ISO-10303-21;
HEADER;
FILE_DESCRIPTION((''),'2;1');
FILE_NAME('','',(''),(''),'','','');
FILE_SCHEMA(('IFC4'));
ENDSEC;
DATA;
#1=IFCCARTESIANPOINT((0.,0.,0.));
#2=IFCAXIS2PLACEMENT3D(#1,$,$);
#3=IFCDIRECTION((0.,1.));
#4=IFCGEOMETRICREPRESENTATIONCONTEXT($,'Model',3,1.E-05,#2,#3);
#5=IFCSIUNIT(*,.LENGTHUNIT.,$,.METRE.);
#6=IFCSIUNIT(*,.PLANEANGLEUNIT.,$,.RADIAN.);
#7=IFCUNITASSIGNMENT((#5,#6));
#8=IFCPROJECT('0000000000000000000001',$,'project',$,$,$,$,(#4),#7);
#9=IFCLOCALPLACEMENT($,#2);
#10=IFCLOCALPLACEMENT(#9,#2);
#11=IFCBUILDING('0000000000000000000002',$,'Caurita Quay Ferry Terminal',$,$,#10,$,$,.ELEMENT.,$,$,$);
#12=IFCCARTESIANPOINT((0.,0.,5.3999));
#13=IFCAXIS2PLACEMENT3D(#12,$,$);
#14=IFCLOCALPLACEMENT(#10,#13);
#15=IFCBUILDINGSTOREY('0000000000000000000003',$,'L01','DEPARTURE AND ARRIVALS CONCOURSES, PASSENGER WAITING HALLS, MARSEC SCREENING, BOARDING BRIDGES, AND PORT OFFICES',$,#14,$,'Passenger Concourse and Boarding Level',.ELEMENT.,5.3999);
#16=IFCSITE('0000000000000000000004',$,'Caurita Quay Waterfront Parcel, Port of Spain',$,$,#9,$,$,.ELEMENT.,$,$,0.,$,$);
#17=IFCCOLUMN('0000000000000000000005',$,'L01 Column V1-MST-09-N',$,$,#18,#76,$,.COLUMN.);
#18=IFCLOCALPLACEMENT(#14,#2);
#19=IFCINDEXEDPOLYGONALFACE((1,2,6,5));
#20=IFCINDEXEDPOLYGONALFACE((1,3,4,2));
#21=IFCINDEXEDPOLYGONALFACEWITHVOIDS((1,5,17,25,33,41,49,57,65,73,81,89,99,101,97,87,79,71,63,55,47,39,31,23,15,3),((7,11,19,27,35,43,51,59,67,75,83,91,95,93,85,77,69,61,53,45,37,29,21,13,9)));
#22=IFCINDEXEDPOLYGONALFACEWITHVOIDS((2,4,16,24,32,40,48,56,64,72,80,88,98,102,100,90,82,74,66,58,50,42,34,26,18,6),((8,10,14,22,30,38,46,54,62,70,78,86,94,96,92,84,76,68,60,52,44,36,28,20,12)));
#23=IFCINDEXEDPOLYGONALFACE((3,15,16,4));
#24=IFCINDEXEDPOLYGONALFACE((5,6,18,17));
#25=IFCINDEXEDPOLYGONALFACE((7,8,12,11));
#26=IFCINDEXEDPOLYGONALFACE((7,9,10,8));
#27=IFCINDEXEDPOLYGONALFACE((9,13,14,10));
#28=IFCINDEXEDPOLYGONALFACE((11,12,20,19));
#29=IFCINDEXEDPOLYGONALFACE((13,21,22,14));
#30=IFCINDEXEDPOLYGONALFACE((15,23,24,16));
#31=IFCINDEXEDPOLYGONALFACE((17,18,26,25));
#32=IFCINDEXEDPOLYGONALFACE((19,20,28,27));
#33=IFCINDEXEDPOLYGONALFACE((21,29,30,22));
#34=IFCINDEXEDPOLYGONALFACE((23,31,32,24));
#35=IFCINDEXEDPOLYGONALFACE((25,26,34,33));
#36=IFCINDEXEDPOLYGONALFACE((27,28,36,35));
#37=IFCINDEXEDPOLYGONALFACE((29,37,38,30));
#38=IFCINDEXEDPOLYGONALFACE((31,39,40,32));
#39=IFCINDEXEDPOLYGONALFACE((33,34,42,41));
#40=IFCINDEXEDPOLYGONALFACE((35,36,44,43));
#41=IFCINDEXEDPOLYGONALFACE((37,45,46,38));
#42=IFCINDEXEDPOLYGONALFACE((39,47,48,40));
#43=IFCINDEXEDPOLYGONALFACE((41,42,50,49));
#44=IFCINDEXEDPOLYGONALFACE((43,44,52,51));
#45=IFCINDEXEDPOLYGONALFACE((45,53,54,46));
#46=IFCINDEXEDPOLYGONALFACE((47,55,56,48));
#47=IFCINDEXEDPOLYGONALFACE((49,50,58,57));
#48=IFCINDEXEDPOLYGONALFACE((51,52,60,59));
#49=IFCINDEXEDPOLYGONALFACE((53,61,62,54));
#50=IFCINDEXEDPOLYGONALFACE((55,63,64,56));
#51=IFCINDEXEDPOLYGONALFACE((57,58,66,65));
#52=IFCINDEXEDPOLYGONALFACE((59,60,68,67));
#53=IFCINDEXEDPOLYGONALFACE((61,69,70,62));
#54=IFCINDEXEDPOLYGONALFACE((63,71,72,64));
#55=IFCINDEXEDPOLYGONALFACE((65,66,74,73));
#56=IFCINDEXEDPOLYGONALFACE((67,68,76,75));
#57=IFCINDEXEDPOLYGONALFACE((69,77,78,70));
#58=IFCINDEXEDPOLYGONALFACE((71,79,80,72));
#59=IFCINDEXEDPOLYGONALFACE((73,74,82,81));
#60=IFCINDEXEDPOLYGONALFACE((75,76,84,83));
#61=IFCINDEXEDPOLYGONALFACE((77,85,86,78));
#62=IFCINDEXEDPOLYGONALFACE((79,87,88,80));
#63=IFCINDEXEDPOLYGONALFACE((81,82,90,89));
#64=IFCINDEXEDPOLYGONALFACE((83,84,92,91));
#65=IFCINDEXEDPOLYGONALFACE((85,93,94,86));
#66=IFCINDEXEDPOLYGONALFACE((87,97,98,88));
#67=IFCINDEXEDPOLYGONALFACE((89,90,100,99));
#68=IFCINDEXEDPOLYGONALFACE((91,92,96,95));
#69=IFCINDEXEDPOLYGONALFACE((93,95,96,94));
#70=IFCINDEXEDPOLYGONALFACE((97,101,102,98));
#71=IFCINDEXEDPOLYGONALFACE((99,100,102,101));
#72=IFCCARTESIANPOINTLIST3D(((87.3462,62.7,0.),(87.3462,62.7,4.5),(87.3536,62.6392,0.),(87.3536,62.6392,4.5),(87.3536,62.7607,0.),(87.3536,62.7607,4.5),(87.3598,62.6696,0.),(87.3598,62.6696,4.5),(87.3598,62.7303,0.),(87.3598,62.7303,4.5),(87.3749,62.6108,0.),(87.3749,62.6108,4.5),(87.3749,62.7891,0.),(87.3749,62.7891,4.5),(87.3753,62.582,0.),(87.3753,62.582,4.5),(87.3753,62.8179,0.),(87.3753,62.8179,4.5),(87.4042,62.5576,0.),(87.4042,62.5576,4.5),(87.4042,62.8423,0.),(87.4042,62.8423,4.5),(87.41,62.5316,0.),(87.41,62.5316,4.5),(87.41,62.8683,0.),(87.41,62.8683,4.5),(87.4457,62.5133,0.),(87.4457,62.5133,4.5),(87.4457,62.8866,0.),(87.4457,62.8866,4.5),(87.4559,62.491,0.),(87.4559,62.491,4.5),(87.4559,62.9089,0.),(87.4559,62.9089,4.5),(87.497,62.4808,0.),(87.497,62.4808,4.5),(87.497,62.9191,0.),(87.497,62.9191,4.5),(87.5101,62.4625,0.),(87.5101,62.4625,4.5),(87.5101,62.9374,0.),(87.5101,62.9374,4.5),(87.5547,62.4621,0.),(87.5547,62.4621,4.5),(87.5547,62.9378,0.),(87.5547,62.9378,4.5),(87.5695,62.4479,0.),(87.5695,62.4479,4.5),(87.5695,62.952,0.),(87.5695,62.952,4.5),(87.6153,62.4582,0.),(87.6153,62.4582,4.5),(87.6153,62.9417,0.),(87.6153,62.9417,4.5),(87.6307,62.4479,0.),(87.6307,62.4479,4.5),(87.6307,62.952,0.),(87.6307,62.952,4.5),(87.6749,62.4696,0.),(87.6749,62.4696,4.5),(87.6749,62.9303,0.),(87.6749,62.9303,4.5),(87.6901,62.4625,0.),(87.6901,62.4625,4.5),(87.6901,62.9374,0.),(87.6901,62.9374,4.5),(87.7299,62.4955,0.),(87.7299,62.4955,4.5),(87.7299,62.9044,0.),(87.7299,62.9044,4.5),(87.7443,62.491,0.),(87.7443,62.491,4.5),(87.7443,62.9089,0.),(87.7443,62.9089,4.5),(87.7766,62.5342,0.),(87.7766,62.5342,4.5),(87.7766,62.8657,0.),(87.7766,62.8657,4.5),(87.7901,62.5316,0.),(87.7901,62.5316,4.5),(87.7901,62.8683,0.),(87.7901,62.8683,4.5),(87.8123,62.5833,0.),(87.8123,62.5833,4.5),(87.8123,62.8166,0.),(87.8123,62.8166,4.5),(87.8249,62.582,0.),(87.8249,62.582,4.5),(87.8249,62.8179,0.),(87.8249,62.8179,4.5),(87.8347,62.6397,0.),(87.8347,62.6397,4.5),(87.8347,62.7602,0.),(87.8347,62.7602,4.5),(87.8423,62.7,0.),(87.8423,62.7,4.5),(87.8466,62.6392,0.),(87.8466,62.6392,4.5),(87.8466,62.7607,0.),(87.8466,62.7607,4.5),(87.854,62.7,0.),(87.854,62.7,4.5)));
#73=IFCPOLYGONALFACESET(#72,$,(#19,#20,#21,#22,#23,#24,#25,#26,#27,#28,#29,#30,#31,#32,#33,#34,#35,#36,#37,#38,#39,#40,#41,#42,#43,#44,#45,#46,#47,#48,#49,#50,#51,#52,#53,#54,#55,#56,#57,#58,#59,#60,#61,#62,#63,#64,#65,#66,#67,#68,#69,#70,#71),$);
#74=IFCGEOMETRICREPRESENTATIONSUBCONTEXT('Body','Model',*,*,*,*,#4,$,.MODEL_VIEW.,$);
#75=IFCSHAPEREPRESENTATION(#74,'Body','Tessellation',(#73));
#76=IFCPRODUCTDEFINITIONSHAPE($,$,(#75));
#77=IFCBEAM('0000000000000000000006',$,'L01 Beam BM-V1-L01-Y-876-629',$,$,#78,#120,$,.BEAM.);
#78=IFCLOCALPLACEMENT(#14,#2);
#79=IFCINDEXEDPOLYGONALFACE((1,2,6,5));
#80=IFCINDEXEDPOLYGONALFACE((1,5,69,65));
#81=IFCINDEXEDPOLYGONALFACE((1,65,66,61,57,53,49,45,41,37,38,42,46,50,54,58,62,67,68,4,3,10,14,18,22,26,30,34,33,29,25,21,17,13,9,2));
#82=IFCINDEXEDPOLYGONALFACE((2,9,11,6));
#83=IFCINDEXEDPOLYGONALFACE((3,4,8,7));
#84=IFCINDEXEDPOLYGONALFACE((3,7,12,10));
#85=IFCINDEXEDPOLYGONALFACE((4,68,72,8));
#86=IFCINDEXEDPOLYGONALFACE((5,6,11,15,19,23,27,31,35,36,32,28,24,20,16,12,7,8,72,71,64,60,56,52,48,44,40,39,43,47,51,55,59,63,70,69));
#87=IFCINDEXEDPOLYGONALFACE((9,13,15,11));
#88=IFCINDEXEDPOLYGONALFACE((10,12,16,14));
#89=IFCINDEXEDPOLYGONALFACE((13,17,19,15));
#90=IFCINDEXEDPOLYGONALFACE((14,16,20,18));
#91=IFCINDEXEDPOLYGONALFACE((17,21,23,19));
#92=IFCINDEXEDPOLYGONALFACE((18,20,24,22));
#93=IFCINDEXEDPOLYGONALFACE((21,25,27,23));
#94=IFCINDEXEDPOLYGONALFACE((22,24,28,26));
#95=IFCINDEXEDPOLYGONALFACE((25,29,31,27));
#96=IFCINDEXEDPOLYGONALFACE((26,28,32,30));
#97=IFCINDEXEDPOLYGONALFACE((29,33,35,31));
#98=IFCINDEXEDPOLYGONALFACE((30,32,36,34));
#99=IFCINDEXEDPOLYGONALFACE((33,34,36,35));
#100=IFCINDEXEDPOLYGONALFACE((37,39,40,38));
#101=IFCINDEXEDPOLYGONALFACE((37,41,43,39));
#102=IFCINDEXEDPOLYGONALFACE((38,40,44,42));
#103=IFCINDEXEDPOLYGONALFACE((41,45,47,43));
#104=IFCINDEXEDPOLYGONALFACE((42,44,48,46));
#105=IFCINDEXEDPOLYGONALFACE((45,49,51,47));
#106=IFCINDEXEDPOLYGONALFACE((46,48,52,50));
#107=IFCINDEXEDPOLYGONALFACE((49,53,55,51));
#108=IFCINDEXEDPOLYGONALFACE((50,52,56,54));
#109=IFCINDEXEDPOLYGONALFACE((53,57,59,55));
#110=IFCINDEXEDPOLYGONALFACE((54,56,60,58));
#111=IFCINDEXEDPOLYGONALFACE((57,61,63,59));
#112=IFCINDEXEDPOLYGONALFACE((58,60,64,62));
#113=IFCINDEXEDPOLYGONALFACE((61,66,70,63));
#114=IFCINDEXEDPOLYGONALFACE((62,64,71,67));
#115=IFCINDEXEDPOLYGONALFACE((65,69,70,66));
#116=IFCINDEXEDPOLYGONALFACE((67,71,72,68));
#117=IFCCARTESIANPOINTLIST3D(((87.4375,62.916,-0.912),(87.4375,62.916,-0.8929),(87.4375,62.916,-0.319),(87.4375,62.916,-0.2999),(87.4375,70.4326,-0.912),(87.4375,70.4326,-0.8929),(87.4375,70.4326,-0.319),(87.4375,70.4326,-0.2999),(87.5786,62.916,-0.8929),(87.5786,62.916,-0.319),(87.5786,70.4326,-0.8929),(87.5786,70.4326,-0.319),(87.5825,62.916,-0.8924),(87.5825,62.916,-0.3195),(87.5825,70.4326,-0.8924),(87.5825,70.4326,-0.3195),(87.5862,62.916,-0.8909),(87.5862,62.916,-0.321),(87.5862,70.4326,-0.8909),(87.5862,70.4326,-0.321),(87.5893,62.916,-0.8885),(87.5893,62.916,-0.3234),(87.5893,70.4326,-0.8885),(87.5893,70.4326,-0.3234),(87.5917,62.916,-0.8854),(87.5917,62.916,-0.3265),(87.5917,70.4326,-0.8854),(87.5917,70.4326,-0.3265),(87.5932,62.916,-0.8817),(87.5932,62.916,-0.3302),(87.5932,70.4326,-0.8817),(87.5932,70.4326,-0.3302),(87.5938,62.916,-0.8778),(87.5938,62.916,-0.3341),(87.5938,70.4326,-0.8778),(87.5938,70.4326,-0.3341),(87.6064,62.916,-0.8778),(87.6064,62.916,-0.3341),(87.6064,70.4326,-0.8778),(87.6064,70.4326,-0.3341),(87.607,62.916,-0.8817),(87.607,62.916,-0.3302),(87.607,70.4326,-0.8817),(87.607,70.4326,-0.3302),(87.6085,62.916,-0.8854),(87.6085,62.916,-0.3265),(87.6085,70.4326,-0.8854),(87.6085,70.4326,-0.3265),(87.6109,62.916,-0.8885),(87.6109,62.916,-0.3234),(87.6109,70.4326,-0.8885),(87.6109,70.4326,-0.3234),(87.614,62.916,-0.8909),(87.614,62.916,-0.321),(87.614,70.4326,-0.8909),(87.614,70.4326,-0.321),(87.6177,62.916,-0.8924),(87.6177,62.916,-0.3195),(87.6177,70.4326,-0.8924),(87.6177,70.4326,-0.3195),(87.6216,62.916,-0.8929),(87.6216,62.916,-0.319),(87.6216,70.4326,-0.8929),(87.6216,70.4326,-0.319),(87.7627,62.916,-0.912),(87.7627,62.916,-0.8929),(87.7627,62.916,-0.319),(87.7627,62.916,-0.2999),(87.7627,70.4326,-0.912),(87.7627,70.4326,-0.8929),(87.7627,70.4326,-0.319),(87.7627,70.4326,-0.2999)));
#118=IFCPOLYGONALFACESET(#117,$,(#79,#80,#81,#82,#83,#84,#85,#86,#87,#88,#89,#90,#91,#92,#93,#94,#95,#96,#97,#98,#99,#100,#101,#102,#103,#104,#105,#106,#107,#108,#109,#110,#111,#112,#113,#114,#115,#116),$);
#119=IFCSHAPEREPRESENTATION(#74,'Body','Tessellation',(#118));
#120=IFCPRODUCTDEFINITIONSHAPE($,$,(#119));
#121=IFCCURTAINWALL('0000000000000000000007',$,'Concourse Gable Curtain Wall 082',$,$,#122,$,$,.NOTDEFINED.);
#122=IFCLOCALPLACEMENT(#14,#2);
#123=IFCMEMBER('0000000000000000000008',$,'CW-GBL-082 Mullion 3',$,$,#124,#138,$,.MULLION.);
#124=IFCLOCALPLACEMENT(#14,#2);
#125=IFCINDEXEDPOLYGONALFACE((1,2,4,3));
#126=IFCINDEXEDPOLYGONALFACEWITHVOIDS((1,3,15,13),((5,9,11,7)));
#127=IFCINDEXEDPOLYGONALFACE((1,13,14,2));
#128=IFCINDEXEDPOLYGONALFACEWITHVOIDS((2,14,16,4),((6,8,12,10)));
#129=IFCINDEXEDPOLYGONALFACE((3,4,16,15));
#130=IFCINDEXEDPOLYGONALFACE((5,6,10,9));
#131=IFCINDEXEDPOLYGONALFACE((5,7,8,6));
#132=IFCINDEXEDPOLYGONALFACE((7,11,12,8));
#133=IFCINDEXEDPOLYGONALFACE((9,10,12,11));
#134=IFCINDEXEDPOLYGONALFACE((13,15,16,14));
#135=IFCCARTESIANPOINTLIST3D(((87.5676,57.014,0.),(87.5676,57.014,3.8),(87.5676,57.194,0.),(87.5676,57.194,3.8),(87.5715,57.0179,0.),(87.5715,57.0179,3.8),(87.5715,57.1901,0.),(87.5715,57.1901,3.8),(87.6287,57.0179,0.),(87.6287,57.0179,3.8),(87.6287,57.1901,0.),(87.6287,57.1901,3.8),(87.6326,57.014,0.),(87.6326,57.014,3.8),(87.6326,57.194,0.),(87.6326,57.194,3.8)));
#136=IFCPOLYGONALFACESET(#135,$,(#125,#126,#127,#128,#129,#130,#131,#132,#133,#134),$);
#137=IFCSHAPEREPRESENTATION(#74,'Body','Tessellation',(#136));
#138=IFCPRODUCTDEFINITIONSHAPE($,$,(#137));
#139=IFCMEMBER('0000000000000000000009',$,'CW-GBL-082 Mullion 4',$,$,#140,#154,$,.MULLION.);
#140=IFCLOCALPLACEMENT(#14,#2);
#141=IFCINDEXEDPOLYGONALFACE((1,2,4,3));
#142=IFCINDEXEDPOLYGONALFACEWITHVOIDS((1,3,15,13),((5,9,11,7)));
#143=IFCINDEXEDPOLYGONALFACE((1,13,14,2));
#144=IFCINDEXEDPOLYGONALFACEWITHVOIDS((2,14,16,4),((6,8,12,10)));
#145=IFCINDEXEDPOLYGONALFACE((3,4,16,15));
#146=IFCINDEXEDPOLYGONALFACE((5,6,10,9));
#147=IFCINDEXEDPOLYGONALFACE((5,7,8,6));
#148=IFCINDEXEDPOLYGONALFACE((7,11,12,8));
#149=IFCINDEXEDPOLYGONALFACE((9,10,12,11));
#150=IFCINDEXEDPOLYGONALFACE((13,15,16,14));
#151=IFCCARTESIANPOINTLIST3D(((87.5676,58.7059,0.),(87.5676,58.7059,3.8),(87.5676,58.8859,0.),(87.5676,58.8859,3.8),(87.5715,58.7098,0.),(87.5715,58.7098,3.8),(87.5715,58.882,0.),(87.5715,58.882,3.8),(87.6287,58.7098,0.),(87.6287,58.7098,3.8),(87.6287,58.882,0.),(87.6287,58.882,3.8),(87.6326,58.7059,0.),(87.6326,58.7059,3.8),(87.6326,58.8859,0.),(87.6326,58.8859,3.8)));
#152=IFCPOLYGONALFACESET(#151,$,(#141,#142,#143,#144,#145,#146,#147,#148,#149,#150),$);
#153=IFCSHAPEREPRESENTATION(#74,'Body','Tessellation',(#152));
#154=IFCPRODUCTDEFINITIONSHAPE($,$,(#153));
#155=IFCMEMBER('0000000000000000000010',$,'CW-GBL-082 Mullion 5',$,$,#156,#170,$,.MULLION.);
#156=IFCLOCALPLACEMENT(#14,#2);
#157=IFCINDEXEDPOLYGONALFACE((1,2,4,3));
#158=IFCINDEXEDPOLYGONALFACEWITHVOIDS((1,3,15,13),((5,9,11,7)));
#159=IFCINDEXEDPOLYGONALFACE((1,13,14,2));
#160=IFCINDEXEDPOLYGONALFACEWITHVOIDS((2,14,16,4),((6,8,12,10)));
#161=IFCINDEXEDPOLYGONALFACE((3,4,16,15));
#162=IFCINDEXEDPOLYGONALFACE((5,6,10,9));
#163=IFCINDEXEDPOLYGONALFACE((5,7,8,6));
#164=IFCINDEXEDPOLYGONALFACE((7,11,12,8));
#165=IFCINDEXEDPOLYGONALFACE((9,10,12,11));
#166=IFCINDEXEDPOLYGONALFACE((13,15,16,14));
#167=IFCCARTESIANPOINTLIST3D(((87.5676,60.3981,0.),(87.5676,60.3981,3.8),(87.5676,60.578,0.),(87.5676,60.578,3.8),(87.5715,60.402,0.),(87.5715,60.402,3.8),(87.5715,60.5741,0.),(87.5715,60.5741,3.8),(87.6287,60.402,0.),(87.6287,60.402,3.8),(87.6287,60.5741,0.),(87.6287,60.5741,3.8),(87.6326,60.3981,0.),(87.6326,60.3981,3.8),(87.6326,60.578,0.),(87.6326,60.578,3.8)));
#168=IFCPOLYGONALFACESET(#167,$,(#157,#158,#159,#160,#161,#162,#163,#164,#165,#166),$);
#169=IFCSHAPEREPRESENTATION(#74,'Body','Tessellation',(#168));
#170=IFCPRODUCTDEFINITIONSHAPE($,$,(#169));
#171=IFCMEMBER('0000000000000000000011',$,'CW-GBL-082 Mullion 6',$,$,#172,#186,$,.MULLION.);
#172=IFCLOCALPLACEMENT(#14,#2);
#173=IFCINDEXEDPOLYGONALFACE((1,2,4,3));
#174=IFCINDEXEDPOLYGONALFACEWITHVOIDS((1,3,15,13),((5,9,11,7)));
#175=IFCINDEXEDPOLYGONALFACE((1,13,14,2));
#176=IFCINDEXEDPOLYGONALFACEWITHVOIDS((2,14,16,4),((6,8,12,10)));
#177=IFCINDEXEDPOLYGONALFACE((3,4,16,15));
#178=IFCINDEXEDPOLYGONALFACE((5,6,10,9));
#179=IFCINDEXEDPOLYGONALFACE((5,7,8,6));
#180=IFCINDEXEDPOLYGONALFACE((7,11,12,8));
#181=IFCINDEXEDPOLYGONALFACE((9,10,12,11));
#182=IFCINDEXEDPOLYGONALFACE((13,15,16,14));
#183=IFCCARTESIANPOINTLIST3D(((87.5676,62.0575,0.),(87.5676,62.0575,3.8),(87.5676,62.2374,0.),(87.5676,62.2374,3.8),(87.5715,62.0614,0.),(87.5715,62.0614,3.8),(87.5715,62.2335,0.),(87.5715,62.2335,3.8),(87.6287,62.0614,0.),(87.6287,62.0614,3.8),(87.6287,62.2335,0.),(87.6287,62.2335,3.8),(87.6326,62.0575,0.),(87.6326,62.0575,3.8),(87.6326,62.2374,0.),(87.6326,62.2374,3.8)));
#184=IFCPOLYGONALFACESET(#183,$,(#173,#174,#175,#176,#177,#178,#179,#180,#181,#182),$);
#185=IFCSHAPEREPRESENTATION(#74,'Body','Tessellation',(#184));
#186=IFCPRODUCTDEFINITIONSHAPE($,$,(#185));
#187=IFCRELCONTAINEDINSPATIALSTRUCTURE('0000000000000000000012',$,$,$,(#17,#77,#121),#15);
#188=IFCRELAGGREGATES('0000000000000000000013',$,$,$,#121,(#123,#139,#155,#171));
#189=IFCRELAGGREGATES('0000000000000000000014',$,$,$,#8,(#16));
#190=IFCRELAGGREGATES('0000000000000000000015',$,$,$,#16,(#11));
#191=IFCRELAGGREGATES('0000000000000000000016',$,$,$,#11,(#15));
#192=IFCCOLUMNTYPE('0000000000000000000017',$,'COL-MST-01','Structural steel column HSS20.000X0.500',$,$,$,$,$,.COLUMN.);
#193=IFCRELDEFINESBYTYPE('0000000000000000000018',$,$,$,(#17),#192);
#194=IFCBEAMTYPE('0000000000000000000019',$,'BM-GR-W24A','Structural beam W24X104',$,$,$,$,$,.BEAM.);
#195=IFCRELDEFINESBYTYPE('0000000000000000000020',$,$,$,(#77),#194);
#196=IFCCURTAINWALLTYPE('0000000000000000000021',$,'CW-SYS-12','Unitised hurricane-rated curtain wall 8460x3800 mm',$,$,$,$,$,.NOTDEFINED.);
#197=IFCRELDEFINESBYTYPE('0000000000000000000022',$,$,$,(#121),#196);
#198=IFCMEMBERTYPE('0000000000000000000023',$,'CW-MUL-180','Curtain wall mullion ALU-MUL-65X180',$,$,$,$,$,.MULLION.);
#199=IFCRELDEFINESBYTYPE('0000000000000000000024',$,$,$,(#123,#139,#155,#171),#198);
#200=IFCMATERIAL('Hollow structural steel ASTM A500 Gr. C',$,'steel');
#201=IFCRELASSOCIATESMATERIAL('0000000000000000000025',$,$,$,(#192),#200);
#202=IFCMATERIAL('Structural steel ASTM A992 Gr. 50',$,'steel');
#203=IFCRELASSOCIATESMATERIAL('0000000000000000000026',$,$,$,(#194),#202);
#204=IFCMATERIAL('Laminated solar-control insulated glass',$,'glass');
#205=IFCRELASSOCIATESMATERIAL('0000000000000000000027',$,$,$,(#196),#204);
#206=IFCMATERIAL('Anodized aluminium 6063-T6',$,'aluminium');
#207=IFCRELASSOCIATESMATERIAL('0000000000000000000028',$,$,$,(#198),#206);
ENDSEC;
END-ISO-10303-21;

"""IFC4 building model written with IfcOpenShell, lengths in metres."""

from ifc_helpers import new_model, si_unit, direction, frame, origin, origin_2d, place, context, subcontext, project, spatial, hollow_rectangle, hollow_circle, i_section, extrude, material, material_profile, profile_set, type_object, element, aggregate, save


model = new_model("IFC4")

# Units and contexts
model_context = context("Model", 3, precision=1e-05, world=origin(), true_north=direction((0.0, 1.0)))
body_context = subcontext(model_context, "Body", "Model", "MODEL_VIEW")
ifc_project = project(units=[si_unit("LENGTHUNIT", "METRE"), si_unit("PLANEANGLEUNIT", "RADIAN")], contexts=[model_context])

# Site, building, storey
site_placement = place(None, origin())
site = spatial("IfcSite", under=ifc_project, at=site_placement, Name="Caurita Quay Waterfront Parcel, Port of Spain", CompositionType="ELEMENT", RefElevation=0.0)
building_placement = place(site_placement, origin())
building = spatial("IfcBuilding", under=site, at=building_placement, Name="Caurita Quay Ferry Terminal", CompositionType="ELEMENT")
storey_placement = place(building_placement, frame((0.0, 0.0, 5.3999)))
storey = spatial("IfcBuildingStorey", under=building, at=storey_placement, Name="L01", Description="DEPARTURE AND ARRIVALS CONCOURSES, PASSENGER WAITING HALLS, MARSEC SCREENING, BOARDING BRIDGES, AND PORT OFFICES", LongName="Passenger Concourse and Boarding Level", CompositionType="ELEMENT", Elevation=5.3999)

# Column
ifc_material_1 = material(Name="Hollow structural steel ASTM A500 Gr. C", Category="steel")
ifc_material_profile_1 = material_profile(ifc_material_1, hollow_circle(Radius=0.2539, WallThickness=0.0117, at=origin_2d()), Name="HSS20.000X0.500")
ifc_profile_set_1 = profile_set([ifc_material_profile_1], Name="Hollow structural steel ASTM A500 Gr. C")
column_type = type_object("IfcColumnType", Name="COL-MST-01", Description="Structural steel column HSS20.000X0.500", PredefinedType="COLUMN", material=ifc_profile_set_1)
column_placement = place(storey_placement, frame((87.6001, 62.7, 0.0), z_axis=(0.0, 0.0, 1.0), x_axis=(1.0, 0.0, 0.0)))
element("IfcColumn", 1, at=column_placement, inside=storey, type_object=column_type, Name="L01 Column V1-MST-09-N", PredefinedType="COLUMN", context=body_context, shape_type="SweptSolid", body=[
    extrude(hollow_circle(Radius=0.2539, WallThickness=0.0117, at=origin_2d()), origin(), (0.0, 0.0, 1.0), 4.5),
])

# Beam
ifc_material_2 = material(Name="Structural steel ASTM A992 Gr. 50", Category="steel")
ifc_material_profile_2 = material_profile(ifc_material_2, i_section(OverallWidth=0.3252, OverallDepth=0.6121, WebThickness=0.0127, FlangeThickness=0.019, FilletRadius=0.0151, at=origin_2d()), Name="W24X104")
ifc_profile_set_2 = profile_set([ifc_material_profile_2], Name="Structural steel ASTM A992 Gr. 50")
beam_type = type_object("IfcBeamType", Name="BM-GR-W24A", Description="Structural beam W24X104", PredefinedType="BEAM", material=ifc_profile_set_2)
beam_placement = place(storey_placement, frame((87.6001, 62.916, -0.606), z_axis=(0.0, 1.0, 0.0), x_axis=(-1.0, 0.0, 0.0)))
element("IfcBeam", 2, at=beam_placement, inside=storey, type_object=beam_type, Name="L01 Beam BM-V1-L01-Y-876-629", PredefinedType="BEAM", context=body_context, shape_type="SweptSolid", body=[
    extrude(i_section(OverallWidth=0.3252, OverallDepth=0.6121, WebThickness=0.0127, FlangeThickness=0.019, FilletRadius=0.0151, at=origin_2d()), origin(), (0.0, 0.0, 1.0), 7.5166),
])

# Curtain wall, members
ifc_material_3 = material(Name="Laminated solar-control insulated glass", Category="glass")
curtain_wall_type = type_object("IfcCurtainWallType", Name="CW-SYS-12", Description="Unitised hurricane-rated curtain wall 8460x3800 mm", PredefinedType="NOTDEFINED", material=ifc_material_3)
curtain_wall_placement = place(storey_placement, origin())
curtain_wall = element("IfcCurtainWall", 3, at=curtain_wall_placement, inside=storey, type_object=curtain_wall_type, Name="Concourse Gable Curtain Wall 082", PredefinedType="NOTDEFINED")
ifc_material_4 = material(Name="Anodized aluminium 6063-T6", Category="aluminium")
ifc_material_profile_3 = material_profile(ifc_material_4, hollow_rectangle(XDim=0.0649, YDim=0.1799, WallThickness=0.0039, at=origin_2d()), Name="ALU-MUL-65X180")
ifc_profile_set_3 = profile_set([ifc_material_profile_3], Name="Anodized aluminium 6063-T6")
member_type_1 = type_object("IfcMemberType", Name="CW-MUL-180", Description="Curtain wall mullion ALU-MUL-65X180", PredefinedType="MULLION", material=ifc_profile_set_3)
member_1_placement = place(storey_placement, frame((87.6001, 57.104, 0.0), z_axis=(0.0, 0.0, 1.0), x_axis=(-1.0, 0.0, 0.0)))
member_1 = element("IfcMember", 4, at=member_1_placement, type_object=member_type_1, Name="CW-GBL-082 Mullion 3", PredefinedType="MULLION", context=body_context, shape_type="SweptSolid", body=[
    extrude(hollow_rectangle(XDim=0.0649, YDim=0.1799, WallThickness=0.0039, at=origin_2d()), origin(), (0.0, 0.0, 1.0), 3.8),
])
member_2_placement = place(storey_placement, frame((87.6001, 58.7959, 0.0), z_axis=(0.0, 0.0, 1.0), x_axis=(-1.0, 0.0, 0.0)))
member_2 = element("IfcMember", 5, at=member_2_placement, type_object=member_type_1, Name="CW-GBL-082 Mullion 4", PredefinedType="MULLION", context=body_context, shape_type="SweptSolid", body=[
    extrude(hollow_rectangle(XDim=0.0649, YDim=0.1799, WallThickness=0.0039, at=origin_2d()), origin(), (0.0, 0.0, 1.0), 3.8),
])
member_3_placement = place(storey_placement, frame((87.6001, 60.488, 0.0), z_axis=(0.0, 0.0, 1.0), x_axis=(-1.0, 0.0, 0.0)))
member_3 = element("IfcMember", 6, at=member_3_placement, type_object=member_type_1, Name="CW-GBL-082 Mullion 5", PredefinedType="MULLION", context=body_context, shape_type="SweptSolid", body=[
    extrude(hollow_rectangle(XDim=0.0649, YDim=0.1799, WallThickness=0.0039, at=origin_2d()), origin(), (0.0, 0.0, 1.0), 3.8),
])
member_4_placement = place(storey_placement, frame((87.6001, 62.1475, 0.0), z_axis=(0.0, 0.0, 1.0), x_axis=(-1.0, 0.0, 0.0)))
member_4 = element("IfcMember", 7, at=member_4_placement, type_object=member_type_1, Name="CW-GBL-082 Mullion 6", PredefinedType="MULLION", context=body_context, shape_type="SweptSolid", body=[
    extrude(hollow_rectangle(XDim=0.0649, YDim=0.1799, WallThickness=0.0039, at=origin_2d()), origin(), (0.0, 0.0, 1.0), 3.8),
])

aggregate(curtain_wall, [member_1, member_2, member_3, member_4])

save(model, "model.ifc")
